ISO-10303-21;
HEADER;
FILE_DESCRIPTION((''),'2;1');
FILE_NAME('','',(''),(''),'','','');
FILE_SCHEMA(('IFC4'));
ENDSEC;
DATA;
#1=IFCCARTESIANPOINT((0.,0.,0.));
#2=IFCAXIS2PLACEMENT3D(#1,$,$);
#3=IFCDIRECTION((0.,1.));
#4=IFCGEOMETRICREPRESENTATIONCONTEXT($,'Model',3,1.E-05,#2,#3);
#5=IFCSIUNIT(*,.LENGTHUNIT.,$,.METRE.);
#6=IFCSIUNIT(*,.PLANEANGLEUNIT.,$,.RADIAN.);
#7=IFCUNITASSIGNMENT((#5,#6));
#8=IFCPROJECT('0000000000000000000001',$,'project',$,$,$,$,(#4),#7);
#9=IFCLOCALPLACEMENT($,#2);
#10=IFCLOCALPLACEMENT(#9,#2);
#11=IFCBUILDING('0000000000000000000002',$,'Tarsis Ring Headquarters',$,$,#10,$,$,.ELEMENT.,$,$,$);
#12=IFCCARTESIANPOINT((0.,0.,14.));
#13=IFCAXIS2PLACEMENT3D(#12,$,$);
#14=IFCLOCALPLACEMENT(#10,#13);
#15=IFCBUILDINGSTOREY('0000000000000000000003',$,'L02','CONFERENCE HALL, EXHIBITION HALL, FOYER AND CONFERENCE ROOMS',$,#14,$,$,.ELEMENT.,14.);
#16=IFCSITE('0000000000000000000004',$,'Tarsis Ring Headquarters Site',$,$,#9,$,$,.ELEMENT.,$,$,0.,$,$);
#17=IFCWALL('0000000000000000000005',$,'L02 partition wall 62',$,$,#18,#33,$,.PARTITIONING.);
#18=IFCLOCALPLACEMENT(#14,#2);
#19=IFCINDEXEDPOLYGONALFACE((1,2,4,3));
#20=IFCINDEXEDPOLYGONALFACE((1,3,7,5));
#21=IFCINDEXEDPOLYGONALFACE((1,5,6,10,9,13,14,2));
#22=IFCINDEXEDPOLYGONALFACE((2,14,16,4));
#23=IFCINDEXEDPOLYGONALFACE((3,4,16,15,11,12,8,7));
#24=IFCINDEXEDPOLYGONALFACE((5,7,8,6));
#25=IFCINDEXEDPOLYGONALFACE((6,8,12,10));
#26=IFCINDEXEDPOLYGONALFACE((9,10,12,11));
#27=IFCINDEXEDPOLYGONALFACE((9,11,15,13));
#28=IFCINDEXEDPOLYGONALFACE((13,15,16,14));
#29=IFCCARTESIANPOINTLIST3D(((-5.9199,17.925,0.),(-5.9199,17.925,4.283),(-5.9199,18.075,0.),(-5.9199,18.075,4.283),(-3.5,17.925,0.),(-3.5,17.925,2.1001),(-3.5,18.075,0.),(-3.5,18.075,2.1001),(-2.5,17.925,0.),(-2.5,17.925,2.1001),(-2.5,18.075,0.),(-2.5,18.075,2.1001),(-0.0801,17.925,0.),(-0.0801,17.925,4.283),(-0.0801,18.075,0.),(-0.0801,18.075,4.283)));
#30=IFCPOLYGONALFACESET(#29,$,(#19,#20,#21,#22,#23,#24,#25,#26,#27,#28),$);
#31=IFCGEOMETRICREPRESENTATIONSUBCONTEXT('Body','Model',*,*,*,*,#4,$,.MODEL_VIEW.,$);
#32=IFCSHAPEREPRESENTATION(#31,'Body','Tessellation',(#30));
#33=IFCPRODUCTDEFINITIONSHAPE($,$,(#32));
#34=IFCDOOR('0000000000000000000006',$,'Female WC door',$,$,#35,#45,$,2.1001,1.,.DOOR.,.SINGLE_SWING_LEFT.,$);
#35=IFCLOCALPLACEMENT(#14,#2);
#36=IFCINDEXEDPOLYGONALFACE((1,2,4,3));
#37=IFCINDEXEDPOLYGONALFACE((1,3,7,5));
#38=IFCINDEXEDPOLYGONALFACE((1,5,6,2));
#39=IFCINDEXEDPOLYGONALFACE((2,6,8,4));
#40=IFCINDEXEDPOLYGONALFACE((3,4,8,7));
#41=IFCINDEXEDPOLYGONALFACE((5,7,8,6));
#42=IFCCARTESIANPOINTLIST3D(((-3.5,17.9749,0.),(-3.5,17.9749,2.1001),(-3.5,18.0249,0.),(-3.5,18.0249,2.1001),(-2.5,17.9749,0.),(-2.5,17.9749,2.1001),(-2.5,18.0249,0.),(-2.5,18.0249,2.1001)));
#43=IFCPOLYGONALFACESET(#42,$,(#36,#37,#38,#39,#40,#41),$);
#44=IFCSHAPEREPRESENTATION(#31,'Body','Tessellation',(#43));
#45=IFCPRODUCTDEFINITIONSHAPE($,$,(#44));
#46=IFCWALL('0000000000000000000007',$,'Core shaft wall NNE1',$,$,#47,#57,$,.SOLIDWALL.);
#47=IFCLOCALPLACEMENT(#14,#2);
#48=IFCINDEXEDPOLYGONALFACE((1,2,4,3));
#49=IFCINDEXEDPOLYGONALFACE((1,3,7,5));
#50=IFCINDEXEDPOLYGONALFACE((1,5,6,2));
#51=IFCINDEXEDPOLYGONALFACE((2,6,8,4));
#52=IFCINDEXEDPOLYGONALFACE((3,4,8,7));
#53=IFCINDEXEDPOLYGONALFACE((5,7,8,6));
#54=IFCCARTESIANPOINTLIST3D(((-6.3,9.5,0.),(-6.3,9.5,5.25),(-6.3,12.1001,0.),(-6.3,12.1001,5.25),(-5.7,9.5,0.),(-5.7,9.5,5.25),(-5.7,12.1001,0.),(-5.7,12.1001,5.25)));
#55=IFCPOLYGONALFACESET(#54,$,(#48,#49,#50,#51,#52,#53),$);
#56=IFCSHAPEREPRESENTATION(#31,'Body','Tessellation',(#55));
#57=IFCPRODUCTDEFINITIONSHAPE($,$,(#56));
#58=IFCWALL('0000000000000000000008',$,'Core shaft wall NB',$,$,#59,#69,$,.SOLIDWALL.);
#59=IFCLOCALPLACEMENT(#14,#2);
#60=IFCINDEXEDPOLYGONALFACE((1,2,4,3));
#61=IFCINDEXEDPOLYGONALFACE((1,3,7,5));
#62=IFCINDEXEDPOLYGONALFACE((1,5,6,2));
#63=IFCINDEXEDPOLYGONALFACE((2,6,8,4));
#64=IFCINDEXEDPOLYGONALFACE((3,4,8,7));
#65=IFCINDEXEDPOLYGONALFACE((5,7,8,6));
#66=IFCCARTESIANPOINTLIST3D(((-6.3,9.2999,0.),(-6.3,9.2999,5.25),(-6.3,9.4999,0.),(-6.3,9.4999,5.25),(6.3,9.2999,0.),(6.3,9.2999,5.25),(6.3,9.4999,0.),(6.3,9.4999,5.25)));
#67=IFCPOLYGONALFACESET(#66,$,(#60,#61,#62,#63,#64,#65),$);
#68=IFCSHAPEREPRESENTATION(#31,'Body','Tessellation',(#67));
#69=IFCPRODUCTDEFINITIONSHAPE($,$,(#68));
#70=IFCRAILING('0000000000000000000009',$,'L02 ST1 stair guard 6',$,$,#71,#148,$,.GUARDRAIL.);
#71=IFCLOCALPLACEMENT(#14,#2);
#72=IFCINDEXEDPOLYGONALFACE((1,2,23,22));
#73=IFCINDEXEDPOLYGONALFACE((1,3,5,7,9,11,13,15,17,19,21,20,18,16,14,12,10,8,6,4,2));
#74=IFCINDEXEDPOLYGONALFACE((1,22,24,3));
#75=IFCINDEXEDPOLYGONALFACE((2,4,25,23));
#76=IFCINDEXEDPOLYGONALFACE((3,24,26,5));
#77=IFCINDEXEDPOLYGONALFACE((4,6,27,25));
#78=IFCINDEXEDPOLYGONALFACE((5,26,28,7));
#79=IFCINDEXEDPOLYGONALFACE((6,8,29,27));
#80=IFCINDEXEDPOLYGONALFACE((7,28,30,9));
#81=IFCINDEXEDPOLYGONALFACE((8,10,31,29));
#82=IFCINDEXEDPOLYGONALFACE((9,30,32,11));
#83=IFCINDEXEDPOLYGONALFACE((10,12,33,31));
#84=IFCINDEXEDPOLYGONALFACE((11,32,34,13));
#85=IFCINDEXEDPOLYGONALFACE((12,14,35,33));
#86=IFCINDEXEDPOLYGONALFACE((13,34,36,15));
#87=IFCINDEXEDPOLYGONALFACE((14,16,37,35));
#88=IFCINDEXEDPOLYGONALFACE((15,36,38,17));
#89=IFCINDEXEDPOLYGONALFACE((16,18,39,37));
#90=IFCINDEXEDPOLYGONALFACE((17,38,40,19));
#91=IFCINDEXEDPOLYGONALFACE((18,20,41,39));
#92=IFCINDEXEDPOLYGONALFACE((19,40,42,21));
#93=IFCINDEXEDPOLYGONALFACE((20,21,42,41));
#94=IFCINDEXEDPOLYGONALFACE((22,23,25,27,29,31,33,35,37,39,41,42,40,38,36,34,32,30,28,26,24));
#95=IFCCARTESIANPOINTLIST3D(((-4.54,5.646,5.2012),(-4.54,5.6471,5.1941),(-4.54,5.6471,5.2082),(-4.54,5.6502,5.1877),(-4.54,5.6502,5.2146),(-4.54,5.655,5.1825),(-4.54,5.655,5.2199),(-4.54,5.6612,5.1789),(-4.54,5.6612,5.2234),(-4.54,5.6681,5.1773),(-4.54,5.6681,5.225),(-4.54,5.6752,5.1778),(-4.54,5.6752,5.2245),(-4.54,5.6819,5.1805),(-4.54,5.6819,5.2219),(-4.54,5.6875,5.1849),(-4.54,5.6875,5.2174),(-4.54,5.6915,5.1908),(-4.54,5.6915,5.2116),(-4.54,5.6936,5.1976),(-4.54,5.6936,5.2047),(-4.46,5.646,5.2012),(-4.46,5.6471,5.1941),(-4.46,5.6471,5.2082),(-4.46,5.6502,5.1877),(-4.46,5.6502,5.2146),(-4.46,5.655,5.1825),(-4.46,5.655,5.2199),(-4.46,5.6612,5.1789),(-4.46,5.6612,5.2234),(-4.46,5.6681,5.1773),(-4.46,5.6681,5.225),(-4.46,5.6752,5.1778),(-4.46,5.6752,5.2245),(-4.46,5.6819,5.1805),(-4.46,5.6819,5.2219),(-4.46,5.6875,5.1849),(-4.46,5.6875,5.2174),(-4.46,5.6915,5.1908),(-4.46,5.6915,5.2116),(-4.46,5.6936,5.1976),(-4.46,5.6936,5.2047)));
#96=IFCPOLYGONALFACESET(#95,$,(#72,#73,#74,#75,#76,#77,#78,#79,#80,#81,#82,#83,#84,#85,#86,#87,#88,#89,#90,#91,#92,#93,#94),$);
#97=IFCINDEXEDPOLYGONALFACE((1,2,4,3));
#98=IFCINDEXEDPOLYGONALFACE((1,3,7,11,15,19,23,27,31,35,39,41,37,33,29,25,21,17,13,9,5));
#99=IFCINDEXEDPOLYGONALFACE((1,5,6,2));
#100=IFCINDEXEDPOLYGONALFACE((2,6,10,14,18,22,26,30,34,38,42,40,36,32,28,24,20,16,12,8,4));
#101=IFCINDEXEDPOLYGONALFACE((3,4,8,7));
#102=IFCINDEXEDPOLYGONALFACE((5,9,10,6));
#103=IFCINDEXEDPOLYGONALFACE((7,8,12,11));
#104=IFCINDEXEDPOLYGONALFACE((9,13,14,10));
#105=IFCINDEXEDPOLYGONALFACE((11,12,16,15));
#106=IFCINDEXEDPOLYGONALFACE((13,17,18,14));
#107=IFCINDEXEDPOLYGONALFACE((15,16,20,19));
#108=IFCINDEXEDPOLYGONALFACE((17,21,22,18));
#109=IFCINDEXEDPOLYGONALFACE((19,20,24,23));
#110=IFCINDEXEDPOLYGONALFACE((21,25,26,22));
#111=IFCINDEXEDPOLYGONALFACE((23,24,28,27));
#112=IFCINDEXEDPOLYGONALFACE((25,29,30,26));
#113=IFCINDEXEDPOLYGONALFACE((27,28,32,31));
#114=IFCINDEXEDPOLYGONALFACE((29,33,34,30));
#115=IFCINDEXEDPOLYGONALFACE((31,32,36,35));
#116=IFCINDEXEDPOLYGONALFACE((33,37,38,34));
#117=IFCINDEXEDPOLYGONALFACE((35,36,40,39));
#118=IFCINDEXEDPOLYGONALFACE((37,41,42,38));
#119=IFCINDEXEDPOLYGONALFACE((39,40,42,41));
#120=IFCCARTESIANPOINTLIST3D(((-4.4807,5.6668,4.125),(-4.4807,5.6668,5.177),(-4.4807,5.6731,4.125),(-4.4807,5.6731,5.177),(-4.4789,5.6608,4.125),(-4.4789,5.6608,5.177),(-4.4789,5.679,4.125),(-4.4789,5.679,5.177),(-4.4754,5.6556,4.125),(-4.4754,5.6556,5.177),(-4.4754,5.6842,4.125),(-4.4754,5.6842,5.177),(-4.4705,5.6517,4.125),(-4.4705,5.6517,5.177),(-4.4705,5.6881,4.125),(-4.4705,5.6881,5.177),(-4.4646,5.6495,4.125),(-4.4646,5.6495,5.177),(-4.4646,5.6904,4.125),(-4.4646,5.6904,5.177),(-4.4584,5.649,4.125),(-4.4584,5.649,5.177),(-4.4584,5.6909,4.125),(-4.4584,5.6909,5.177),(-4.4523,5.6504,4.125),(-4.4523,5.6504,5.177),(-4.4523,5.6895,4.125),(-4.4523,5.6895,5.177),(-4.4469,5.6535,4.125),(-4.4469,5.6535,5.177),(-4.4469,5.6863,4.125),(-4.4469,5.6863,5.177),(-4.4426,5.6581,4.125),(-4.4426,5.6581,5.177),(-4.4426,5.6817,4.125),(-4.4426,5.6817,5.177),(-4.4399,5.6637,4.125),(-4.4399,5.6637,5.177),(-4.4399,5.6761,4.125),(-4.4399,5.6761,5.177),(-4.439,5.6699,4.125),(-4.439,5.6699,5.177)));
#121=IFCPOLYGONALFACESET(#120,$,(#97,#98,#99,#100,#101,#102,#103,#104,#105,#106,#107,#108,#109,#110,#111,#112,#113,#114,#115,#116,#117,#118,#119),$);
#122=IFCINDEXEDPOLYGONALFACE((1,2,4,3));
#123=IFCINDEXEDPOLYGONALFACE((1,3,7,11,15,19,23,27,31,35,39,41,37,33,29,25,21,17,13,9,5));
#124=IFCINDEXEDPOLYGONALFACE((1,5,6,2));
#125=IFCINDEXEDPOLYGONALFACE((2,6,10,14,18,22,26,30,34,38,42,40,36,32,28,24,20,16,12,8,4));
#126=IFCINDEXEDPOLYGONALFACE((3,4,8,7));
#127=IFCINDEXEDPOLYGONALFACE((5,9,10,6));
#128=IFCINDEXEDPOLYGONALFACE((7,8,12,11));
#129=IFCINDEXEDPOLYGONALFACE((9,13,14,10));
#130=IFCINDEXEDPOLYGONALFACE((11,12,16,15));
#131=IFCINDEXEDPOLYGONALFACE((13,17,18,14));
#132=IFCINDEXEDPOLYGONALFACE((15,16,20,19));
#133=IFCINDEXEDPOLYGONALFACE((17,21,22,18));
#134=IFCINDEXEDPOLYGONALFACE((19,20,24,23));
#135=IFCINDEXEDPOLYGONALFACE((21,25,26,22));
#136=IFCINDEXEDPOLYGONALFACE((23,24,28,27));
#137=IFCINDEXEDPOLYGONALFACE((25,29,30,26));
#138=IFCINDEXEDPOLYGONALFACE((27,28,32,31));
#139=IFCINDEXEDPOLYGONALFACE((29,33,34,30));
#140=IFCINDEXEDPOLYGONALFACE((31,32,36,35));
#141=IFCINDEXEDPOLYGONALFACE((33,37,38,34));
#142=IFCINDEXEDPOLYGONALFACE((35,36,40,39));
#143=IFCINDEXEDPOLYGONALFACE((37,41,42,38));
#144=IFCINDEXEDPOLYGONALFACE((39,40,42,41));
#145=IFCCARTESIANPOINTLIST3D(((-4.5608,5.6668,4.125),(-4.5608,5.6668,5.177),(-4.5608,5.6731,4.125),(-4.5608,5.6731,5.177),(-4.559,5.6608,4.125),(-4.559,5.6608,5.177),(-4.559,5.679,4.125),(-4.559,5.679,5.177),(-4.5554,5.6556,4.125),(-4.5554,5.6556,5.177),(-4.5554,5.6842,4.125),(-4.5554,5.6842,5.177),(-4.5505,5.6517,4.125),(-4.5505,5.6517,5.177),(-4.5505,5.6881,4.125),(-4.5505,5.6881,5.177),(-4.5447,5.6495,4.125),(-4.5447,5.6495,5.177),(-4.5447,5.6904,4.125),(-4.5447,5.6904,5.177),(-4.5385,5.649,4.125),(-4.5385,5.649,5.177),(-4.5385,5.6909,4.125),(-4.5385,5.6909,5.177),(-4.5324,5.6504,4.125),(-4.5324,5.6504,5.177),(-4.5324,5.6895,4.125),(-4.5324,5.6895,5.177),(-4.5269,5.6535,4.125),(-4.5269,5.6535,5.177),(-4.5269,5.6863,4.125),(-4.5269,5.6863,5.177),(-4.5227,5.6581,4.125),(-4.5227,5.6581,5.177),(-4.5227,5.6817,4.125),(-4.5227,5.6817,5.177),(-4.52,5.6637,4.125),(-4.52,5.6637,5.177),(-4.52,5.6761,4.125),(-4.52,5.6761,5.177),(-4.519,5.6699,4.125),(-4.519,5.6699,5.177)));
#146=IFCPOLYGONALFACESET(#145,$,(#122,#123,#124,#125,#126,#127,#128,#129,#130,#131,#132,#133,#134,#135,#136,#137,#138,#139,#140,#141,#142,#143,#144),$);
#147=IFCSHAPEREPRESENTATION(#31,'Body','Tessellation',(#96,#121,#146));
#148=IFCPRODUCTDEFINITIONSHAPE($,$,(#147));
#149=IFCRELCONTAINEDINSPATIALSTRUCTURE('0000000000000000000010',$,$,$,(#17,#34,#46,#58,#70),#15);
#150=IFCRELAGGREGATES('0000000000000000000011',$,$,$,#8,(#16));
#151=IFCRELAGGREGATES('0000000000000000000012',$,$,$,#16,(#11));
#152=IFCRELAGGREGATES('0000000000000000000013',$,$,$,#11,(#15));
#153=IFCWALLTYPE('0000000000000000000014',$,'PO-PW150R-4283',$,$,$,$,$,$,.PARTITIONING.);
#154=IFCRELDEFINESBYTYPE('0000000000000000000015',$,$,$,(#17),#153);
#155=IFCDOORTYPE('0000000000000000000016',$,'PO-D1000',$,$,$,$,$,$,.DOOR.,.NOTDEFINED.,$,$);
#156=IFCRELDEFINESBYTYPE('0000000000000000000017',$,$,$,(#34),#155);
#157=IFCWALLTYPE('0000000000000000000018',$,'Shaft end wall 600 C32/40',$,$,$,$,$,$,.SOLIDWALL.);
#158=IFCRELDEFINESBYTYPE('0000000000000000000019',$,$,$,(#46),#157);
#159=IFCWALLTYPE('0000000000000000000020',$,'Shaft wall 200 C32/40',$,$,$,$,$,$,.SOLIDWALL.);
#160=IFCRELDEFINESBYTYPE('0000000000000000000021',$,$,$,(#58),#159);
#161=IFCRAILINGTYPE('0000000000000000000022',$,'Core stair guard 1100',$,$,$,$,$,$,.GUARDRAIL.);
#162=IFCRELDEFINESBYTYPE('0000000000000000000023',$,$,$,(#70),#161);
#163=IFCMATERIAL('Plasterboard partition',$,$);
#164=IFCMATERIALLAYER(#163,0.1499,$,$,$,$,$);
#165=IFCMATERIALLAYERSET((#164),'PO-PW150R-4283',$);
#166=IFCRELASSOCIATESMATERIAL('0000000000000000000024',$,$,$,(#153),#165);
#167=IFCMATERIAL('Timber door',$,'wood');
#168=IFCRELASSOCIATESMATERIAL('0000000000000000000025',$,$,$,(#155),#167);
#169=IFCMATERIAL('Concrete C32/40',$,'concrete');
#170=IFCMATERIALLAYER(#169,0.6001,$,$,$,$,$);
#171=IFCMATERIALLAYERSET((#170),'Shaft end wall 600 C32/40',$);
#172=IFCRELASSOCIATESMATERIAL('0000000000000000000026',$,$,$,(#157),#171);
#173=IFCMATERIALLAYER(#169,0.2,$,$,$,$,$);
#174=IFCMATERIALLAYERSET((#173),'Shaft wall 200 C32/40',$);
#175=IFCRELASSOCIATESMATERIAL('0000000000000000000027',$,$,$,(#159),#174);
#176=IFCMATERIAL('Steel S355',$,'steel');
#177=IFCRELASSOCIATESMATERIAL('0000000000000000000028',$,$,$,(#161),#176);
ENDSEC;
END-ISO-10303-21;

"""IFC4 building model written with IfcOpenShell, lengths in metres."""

from ifc_helpers import new_model, si_unit, direction, frame, frame_2d, origin, origin_2d, place, context, subcontext, project, spatial, rectangle, circle, extrude, material, layer, layer_set, type_object, element, fill, save


model = new_model("IFC4")

# Units and contexts
model_context = context("Model", 3, precision=1e-05, world=origin(), true_north=direction((0.0, 1.0)))
body_context = subcontext(model_context, "Body", "Model", "MODEL_VIEW")
ifc_project = project(units=[si_unit("LENGTHUNIT", "METRE"), si_unit("PLANEANGLEUNIT", "RADIAN")], contexts=[model_context])

# Site, building, storey
site_placement = place(None, origin())
site = spatial("IfcSite", under=ifc_project, at=site_placement, Name="Tarsis Ring Headquarters Site", CompositionType="ELEMENT", RefElevation=0.0)
building_placement = place(site_placement, origin())
building = spatial("IfcBuilding", under=site, at=building_placement, Name="Tarsis Ring Headquarters", CompositionType="ELEMENT")
storey_placement = place(building_placement, frame((0.0, 0.0, 14.0)))
storey = spatial("IfcBuildingStorey", under=building, at=storey_placement, Name="L02", Description="CONFERENCE HALL, EXHIBITION HALL, FOYER AND CONFERENCE ROOMS", CompositionType="ELEMENT", Elevation=14.0)

# Shared definitions
ifc_material_1 = material(Name="Plasterboard partition")

# Wall, opening, door
ifc_layer_1 = layer(ifc_material_1, 0.1499)
ifc_layer_set_1 = layer_set([ifc_layer_1], Name="PO-PW150R-4283")
wall_type_1 = type_object("IfcWallType", Name="PO-PW150R-4283", PredefinedType="PARTITIONING", material=ifc_layer_set_1)
ifc_material_2 = material(Name="Timber door", Category="wood")
door_type = type_object("IfcDoorType", Name="PO-D1000", OperationType="NOTDEFINED", PredefinedType="DOOR", material=ifc_material_2)
wall_1_placement = place(storey_placement, frame((-5.9199, 18.0, 0.0), z_axis=(0.0, 0.0, 1.0), x_axis=(1.0, 0.0, 0.0)))
wall_1 = element("IfcWall", 1, at=wall_1_placement, inside=storey, type_object=wall_type_1, Name="L02 partition wall 62", PredefinedType="PARTITIONING", context=body_context, shape_type="SweptSolid", body=[
    extrude(rectangle(XDim=5.8398, YDim=0.1499, at=frame_2d((2.9199, 0.0))), origin(), (0.0, 0.0, 1.0), 4.283),
])
opening_1_placement = place(wall_1_placement, frame((2.4199, 0.0, 0.0)))
opening_1 = element("IfcOpeningElement", 2, at=opening_1_placement, cuts=wall_1, PredefinedType="OPENING", context=body_context, shape_type="SweptSolid", body=[
    extrude(rectangle(XDim=1.0, YDim=2.1001, at=frame_2d((0.5, 1.05))), frame((0.0, 0.085, 0.0), z_axis=(0.0, -1.0, 0.0), x_axis=(1.0, 0.0, 0.0)), (0.0, 0.0, 1.0), 0.1699),
])
door_1_placement = place(opening_1_placement, origin())
door_1 = element("IfcDoor", 3, at=door_1_placement, inside=storey, type_object=door_type, Name="Female WC door", OperationType="SINGLE_SWING_LEFT", OverallHeight=2.1001, OverallWidth=1.0, PredefinedType="DOOR", context=body_context, shape_type="SweptSolid", body=[
    extrude(rectangle(XDim=1.0, YDim=2.1001, at=frame_2d((0.5, 1.05))), frame((0.0, 0.0249, 0.0), z_axis=(0.0, -1.0, 0.0), x_axis=(1.0, 0.0, 0.0)), (0.0, 0.0, 1.0), 0.05),
])
fill(opening_1, door_1)

# Walls
ifc_material_3 = material(Name="Concrete C32/40", Category="concrete")
ifc_layer_2 = layer(ifc_material_3, 0.6001)
ifc_layer_set_2 = layer_set([ifc_layer_2], Name="Shaft end wall 600 C32/40")
wall_type_2 = type_object("IfcWallType", Name="Shaft end wall 600 C32/40", PredefinedType="SOLIDWALL", material=ifc_layer_set_2)
wall_2_placement = place(storey_placement, frame((-6.0, 9.5, 0.0), z_axis=(0.0, 0.0, 1.0), x_axis=(0.0, 1.0, 0.0)))
element("IfcWall", 4, at=wall_2_placement, inside=storey, type_object=wall_type_2, Name="Core shaft wall NNE1", PredefinedType="SOLIDWALL", context=body_context, shape_type="SweptSolid", body=[
    extrude(rectangle(XDim=2.6001, YDim=0.6001, at=frame_2d((1.3, 0.0))), origin(), (0.0, 0.0, 1.0), 5.25),
])
ifc_layer_3 = layer(ifc_material_3, 0.2)
ifc_layer_set_3 = layer_set([ifc_layer_3], Name="Shaft wall 200 C32/40")
wall_type_3 = type_object("IfcWallType", Name="Shaft wall 200 C32/40", PredefinedType="SOLIDWALL", material=ifc_layer_set_3)
wall_3_placement = place(storey_placement, frame((-6.3, 9.3999, 0.0), z_axis=(0.0, 0.0, 1.0), x_axis=(1.0, 0.0, 0.0)))
element("IfcWall", 5, at=wall_3_placement, inside=storey, type_object=wall_type_3, Name="Core shaft wall NB", PredefinedType="SOLIDWALL", context=body_context, shape_type="SweptSolid", body=[
    extrude(rectangle(XDim=12.6001, YDim=0.2, at=frame_2d((6.3, 0.0))), origin(), (0.0, 0.0, 1.0), 5.25),
])

# Railing
ifc_material_4 = material(Name="Steel S355", Category="steel")
railing_type = type_object("IfcRailingType", Name="Core stair guard 1100", PredefinedType="GUARDRAIL", material=ifc_material_4)
railing_placement = place(storey_placement, frame((-4.46, 5.6699, 4.125)))
element("IfcRailing", 6, at=railing_placement, inside=storey, type_object=railing_type, Name="L02 ST1 stair guard 6", PredefinedType="GUARDRAIL", context=body_context, shape_type="SweptSolid", body=[
    extrude(circle(Radius=0.0239, at=origin_2d()), frame((0.0, 0.0, 1.0762), z_axis=(-1.0, 0.0, 0.0), x_axis=(0.0, -1.0, 0.0)), (0.0, 0.0, 1.0), 0.0801),
    extrude(circle(Radius=0.021, at=origin_2d()), origin(), (0.0, 0.0, 1.0), 1.052),
    extrude(circle(Radius=0.021, at=origin_2d()), frame((-0.0801, 0.0, 0.0)), (0.0, 0.0, 1.0), 1.052),
])

save(model, "model.ifc")
